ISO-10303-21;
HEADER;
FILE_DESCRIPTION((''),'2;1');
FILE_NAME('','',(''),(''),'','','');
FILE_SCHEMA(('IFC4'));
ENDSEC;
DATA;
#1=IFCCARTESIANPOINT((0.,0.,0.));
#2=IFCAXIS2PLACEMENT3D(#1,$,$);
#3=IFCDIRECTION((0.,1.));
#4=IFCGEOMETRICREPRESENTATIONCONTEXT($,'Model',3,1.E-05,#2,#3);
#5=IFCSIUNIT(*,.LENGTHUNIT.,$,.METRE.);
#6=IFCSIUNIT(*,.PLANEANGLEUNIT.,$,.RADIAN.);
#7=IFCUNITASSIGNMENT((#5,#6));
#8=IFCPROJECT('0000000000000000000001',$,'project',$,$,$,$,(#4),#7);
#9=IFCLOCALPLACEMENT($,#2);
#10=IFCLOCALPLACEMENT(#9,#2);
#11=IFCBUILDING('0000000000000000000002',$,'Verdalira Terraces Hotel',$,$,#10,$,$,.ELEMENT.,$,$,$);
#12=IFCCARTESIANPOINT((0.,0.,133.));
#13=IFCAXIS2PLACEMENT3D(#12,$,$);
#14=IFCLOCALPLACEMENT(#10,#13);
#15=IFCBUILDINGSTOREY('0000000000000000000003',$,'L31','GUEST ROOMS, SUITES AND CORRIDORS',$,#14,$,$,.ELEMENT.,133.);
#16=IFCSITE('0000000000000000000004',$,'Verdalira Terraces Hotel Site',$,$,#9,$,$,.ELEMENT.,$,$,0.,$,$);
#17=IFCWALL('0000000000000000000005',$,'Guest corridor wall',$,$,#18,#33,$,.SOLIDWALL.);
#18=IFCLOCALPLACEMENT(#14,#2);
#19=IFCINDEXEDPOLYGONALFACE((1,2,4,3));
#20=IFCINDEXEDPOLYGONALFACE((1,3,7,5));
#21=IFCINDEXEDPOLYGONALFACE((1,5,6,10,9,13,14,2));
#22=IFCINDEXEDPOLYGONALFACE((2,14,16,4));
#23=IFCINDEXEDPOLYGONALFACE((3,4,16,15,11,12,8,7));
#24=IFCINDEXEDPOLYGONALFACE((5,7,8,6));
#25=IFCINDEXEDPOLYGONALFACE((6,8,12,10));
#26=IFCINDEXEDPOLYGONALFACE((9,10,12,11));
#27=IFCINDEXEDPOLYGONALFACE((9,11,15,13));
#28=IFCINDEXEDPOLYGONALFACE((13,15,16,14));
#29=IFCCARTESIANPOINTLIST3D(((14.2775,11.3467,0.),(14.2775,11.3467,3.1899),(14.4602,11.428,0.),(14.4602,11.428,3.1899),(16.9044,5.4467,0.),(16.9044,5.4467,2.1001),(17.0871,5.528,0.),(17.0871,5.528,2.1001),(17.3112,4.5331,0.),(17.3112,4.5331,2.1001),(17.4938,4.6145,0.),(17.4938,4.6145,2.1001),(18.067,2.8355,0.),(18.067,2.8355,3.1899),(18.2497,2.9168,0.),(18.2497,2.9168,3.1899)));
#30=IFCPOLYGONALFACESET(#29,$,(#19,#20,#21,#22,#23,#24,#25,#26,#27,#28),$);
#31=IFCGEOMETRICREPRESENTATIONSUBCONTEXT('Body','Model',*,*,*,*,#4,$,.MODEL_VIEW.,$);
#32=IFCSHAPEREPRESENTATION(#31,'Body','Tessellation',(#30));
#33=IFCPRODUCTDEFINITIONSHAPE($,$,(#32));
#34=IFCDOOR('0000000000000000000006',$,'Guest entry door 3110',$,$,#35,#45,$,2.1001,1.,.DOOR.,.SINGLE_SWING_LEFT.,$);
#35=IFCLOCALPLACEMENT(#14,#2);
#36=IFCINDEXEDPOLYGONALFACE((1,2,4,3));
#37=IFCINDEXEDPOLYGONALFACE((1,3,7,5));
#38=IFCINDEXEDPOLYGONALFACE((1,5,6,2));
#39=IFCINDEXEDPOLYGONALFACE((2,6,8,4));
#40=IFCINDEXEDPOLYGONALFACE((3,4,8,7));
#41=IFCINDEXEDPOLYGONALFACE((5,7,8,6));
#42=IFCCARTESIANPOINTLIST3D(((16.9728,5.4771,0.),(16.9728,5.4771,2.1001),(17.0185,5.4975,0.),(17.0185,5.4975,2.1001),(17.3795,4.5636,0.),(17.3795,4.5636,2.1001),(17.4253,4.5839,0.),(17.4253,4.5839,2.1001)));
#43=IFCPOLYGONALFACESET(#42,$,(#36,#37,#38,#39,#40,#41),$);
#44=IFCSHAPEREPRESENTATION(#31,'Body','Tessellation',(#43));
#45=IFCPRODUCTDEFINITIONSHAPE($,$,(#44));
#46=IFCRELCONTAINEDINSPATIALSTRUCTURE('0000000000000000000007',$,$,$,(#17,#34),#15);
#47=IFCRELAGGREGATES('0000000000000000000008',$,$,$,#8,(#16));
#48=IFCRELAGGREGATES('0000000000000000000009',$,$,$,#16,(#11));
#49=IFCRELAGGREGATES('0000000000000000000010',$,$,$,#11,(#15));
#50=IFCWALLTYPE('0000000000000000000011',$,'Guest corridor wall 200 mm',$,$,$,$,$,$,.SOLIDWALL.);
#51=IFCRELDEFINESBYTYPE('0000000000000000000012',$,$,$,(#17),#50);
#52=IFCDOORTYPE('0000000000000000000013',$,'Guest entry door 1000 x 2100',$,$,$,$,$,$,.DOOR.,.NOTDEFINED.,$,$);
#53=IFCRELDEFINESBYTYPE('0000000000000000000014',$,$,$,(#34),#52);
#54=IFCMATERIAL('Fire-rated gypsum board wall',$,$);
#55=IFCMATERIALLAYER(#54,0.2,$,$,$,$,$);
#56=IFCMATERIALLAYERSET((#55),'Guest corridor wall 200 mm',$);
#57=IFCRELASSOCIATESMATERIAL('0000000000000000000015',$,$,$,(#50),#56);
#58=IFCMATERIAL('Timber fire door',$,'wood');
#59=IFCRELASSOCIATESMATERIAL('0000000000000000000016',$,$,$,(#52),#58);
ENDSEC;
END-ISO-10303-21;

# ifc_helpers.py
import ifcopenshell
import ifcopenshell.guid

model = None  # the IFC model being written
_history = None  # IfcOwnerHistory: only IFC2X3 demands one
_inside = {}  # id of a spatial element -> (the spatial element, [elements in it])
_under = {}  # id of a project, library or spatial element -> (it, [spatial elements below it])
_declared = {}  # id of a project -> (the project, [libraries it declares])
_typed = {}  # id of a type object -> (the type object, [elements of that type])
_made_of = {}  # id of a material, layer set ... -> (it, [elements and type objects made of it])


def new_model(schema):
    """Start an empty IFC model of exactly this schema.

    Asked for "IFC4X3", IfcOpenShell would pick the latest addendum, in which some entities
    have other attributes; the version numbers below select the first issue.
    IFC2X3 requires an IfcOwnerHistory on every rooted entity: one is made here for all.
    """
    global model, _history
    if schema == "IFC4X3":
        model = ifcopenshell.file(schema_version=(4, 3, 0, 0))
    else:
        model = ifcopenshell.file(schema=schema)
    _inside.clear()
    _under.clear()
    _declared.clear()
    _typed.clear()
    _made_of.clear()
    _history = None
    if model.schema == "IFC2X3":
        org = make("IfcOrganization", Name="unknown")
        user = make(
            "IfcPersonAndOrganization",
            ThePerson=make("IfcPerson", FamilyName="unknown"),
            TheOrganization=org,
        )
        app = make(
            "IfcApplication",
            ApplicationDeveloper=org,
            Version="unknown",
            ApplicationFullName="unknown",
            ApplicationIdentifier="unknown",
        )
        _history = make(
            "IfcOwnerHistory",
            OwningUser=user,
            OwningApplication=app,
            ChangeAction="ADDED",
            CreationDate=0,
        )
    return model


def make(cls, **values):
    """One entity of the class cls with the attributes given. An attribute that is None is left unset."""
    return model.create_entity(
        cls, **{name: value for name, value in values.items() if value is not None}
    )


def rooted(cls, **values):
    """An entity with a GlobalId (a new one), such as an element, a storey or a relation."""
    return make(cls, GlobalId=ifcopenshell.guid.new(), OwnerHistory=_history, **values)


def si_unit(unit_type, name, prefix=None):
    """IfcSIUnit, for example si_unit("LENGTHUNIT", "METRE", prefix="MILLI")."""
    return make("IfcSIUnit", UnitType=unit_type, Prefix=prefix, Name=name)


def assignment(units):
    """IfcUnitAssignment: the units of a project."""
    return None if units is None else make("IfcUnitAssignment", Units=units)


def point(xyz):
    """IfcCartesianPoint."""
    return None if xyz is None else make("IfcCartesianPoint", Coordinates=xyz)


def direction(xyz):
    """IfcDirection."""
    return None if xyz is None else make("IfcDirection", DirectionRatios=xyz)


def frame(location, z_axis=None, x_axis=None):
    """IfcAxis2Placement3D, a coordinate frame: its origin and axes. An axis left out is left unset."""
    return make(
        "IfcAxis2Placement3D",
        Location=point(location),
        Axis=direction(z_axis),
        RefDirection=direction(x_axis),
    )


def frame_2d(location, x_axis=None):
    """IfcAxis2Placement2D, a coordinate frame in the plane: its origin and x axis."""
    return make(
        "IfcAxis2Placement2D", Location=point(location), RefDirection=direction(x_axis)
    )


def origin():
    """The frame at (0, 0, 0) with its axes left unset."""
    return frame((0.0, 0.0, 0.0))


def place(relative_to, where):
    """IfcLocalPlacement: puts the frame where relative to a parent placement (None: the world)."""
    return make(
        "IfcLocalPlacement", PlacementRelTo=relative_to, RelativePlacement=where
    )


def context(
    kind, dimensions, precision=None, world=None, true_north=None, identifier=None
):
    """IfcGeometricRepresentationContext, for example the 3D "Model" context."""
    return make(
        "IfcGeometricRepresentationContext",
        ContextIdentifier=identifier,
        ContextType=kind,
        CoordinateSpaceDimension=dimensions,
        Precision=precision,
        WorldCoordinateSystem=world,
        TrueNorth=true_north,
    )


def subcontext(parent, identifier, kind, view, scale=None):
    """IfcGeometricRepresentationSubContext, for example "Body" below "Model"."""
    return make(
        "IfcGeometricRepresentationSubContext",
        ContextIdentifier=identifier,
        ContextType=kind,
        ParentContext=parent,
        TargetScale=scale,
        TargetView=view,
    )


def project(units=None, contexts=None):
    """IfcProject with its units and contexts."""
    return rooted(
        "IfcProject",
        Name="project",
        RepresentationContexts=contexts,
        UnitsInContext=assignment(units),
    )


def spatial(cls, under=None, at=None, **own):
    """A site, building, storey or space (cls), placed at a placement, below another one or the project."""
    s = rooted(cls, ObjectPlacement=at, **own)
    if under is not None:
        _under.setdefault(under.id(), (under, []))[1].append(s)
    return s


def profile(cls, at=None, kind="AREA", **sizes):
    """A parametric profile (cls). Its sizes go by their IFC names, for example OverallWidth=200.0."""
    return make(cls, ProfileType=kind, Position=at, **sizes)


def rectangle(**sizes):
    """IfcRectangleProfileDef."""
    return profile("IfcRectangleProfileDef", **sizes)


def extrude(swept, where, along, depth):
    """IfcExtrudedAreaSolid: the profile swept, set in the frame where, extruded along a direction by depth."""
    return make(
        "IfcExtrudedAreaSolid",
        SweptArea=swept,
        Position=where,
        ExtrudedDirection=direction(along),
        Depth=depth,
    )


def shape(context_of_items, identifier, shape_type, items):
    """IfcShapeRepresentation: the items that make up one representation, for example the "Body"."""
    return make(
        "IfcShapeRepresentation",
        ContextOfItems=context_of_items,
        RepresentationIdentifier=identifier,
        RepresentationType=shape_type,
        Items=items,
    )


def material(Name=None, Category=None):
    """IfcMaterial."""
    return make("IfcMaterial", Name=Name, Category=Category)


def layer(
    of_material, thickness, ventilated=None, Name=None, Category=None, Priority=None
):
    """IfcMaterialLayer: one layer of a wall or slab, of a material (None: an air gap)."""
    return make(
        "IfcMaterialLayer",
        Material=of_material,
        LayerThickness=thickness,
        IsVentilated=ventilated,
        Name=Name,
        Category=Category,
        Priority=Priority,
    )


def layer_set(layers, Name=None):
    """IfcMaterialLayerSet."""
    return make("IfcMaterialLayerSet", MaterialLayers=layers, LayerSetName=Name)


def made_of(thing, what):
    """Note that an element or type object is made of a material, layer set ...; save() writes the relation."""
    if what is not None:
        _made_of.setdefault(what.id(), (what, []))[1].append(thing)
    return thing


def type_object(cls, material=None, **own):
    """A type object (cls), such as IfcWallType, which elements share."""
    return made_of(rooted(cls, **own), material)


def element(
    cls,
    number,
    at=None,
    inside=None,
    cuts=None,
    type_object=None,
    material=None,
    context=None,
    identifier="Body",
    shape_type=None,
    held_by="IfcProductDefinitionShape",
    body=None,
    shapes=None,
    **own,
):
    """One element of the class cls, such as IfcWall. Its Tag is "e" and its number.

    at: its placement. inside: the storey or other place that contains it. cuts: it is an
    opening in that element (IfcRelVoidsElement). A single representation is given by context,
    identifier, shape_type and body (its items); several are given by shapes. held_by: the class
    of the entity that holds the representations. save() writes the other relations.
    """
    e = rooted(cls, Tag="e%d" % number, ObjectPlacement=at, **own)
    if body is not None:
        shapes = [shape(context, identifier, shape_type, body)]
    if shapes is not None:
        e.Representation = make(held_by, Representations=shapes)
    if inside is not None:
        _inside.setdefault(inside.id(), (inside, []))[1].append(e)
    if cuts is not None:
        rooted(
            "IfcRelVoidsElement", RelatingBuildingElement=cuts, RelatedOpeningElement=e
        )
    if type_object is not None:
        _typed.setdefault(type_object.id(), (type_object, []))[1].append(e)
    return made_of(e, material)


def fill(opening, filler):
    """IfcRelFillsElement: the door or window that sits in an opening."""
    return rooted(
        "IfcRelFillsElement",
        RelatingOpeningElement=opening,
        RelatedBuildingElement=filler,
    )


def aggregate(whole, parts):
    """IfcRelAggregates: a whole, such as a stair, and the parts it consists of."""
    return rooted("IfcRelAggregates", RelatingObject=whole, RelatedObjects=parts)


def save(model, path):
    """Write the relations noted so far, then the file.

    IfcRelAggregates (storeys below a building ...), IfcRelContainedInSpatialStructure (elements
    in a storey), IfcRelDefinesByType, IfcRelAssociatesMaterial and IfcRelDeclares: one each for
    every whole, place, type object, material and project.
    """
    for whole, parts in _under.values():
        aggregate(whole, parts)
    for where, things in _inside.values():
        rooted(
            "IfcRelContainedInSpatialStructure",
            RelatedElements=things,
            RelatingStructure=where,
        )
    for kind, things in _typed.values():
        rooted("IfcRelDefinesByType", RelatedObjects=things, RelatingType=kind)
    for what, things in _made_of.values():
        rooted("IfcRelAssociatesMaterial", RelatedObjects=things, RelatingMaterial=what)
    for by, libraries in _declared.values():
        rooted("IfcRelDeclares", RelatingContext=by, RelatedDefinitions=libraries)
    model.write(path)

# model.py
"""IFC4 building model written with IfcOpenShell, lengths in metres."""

from ifc_helpers import new_model, si_unit, direction, frame, frame_2d, origin, place, context, subcontext, project, spatial, rectangle, extrude, material, layer, layer_set, type_object, element, fill, save


model = new_model("IFC4")

# Units and contexts
model_context = context("Model", 3, precision=1e-05, world=origin(), true_north=direction((0.0, 1.0)))
body_context = subcontext(model_context, "Body", "Model", "MODEL_VIEW")
ifc_project = project(units=[si_unit("LENGTHUNIT", "METRE"), si_unit("PLANEANGLEUNIT", "RADIAN")], contexts=[model_context])

# Site, building, storey
site_placement = place(None, origin())
site = spatial("IfcSite", under=ifc_project, at=site_placement, Name="Verdalira Terraces Hotel Site", CompositionType="ELEMENT", RefElevation=0.0)
building_placement = place(site_placement, origin())
building = spatial("IfcBuilding", under=site, at=building_placement, Name="Verdalira Terraces Hotel", CompositionType="ELEMENT")
storey_placement = place(building_placement, frame((0.0, 0.0, 133.0)))
storey = spatial("IfcBuildingStorey", under=building, at=storey_placement, Name="L31", Description="GUEST ROOMS, SUITES AND CORRIDORS", CompositionType="ELEMENT", Elevation=133.0)

# Wall, opening, door
ifc_material_1 = material(Name="Fire-rated gypsum board wall")
ifc_layer_1 = layer(ifc_material_1, 0.2)
ifc_layer_set_1 = layer_set([ifc_layer_1], Name="Guest corridor wall 200 mm")
wall_type_1 = type_object("IfcWallType", Name="Guest corridor wall 200 mm", PredefinedType="SOLIDWALL", material=ifc_layer_set_1)
wall_1_placement = place(storey_placement, frame((14.3689, 11.3872, 0.0), z_axis=(0.0, 0.0, 1.0), x_axis=(0.406746, -0.913541, 0.0)))
wall_1 = element("IfcWall", 1, at=wall_1_placement, inside=storey, type_object=wall_type_1, Name="Guest corridor wall", PredefinedType="SOLIDWALL", context=body_context, shape_type="SweptSolid", body=[
    extrude(rectangle(XDim=9.3166, YDim=0.2, at=frame_2d((4.6582, 0.0))), origin(), (0.0, 0.0, 1.0), 3.1899),
])
opening_1_placement = place(wall_1_placement, frame((6.4583, 0.0, 0.0)))
opening_1 = element("IfcOpeningElement", 2, at=opening_1_placement, cuts=wall_1, PredefinedType="OPENING", context=body_context, shape_type="SweptSolid", body=[
    extrude(rectangle(XDim=1.0, YDim=2.1001, at=frame_2d((0.5, 1.05))), frame((0.0, 0.1099, 0.0), z_axis=(0.0, -1.0, 0.0), x_axis=(1.0, 0.0, 0.0)), (0.0, 0.0, 1.0), 0.22),
])
ifc_material_2 = material(Name="Timber fire door", Category="wood")
door_type_1 = type_object("IfcDoorType", Name="Guest entry door 1000 x 2100", OperationType="NOTDEFINED", PredefinedType="DOOR", material=ifc_material_2)
door_1_placement = place(opening_1_placement, origin())
door_1 = element("IfcDoor", 3, at=door_1_placement, inside=storey, type_object=door_type_1, Name="Guest entry door 3110", OperationType="SINGLE_SWING_LEFT", OverallHeight=2.1001, OverallWidth=1.0, PredefinedType="DOOR", context=body_context, shape_type="SweptSolid", body=[
    extrude(rectangle(XDim=1.0, YDim=2.1001, at=frame_2d((0.5, 1.05))), frame((0.0, 0.0249, 0.0), z_axis=(0.0, -1.0, 0.0), x_axis=(1.0, 0.0, 0.0)), (0.0, 0.0, 1.0), 0.05),
])
fill(opening_1, door_1)

save(model, "model.ifc")
